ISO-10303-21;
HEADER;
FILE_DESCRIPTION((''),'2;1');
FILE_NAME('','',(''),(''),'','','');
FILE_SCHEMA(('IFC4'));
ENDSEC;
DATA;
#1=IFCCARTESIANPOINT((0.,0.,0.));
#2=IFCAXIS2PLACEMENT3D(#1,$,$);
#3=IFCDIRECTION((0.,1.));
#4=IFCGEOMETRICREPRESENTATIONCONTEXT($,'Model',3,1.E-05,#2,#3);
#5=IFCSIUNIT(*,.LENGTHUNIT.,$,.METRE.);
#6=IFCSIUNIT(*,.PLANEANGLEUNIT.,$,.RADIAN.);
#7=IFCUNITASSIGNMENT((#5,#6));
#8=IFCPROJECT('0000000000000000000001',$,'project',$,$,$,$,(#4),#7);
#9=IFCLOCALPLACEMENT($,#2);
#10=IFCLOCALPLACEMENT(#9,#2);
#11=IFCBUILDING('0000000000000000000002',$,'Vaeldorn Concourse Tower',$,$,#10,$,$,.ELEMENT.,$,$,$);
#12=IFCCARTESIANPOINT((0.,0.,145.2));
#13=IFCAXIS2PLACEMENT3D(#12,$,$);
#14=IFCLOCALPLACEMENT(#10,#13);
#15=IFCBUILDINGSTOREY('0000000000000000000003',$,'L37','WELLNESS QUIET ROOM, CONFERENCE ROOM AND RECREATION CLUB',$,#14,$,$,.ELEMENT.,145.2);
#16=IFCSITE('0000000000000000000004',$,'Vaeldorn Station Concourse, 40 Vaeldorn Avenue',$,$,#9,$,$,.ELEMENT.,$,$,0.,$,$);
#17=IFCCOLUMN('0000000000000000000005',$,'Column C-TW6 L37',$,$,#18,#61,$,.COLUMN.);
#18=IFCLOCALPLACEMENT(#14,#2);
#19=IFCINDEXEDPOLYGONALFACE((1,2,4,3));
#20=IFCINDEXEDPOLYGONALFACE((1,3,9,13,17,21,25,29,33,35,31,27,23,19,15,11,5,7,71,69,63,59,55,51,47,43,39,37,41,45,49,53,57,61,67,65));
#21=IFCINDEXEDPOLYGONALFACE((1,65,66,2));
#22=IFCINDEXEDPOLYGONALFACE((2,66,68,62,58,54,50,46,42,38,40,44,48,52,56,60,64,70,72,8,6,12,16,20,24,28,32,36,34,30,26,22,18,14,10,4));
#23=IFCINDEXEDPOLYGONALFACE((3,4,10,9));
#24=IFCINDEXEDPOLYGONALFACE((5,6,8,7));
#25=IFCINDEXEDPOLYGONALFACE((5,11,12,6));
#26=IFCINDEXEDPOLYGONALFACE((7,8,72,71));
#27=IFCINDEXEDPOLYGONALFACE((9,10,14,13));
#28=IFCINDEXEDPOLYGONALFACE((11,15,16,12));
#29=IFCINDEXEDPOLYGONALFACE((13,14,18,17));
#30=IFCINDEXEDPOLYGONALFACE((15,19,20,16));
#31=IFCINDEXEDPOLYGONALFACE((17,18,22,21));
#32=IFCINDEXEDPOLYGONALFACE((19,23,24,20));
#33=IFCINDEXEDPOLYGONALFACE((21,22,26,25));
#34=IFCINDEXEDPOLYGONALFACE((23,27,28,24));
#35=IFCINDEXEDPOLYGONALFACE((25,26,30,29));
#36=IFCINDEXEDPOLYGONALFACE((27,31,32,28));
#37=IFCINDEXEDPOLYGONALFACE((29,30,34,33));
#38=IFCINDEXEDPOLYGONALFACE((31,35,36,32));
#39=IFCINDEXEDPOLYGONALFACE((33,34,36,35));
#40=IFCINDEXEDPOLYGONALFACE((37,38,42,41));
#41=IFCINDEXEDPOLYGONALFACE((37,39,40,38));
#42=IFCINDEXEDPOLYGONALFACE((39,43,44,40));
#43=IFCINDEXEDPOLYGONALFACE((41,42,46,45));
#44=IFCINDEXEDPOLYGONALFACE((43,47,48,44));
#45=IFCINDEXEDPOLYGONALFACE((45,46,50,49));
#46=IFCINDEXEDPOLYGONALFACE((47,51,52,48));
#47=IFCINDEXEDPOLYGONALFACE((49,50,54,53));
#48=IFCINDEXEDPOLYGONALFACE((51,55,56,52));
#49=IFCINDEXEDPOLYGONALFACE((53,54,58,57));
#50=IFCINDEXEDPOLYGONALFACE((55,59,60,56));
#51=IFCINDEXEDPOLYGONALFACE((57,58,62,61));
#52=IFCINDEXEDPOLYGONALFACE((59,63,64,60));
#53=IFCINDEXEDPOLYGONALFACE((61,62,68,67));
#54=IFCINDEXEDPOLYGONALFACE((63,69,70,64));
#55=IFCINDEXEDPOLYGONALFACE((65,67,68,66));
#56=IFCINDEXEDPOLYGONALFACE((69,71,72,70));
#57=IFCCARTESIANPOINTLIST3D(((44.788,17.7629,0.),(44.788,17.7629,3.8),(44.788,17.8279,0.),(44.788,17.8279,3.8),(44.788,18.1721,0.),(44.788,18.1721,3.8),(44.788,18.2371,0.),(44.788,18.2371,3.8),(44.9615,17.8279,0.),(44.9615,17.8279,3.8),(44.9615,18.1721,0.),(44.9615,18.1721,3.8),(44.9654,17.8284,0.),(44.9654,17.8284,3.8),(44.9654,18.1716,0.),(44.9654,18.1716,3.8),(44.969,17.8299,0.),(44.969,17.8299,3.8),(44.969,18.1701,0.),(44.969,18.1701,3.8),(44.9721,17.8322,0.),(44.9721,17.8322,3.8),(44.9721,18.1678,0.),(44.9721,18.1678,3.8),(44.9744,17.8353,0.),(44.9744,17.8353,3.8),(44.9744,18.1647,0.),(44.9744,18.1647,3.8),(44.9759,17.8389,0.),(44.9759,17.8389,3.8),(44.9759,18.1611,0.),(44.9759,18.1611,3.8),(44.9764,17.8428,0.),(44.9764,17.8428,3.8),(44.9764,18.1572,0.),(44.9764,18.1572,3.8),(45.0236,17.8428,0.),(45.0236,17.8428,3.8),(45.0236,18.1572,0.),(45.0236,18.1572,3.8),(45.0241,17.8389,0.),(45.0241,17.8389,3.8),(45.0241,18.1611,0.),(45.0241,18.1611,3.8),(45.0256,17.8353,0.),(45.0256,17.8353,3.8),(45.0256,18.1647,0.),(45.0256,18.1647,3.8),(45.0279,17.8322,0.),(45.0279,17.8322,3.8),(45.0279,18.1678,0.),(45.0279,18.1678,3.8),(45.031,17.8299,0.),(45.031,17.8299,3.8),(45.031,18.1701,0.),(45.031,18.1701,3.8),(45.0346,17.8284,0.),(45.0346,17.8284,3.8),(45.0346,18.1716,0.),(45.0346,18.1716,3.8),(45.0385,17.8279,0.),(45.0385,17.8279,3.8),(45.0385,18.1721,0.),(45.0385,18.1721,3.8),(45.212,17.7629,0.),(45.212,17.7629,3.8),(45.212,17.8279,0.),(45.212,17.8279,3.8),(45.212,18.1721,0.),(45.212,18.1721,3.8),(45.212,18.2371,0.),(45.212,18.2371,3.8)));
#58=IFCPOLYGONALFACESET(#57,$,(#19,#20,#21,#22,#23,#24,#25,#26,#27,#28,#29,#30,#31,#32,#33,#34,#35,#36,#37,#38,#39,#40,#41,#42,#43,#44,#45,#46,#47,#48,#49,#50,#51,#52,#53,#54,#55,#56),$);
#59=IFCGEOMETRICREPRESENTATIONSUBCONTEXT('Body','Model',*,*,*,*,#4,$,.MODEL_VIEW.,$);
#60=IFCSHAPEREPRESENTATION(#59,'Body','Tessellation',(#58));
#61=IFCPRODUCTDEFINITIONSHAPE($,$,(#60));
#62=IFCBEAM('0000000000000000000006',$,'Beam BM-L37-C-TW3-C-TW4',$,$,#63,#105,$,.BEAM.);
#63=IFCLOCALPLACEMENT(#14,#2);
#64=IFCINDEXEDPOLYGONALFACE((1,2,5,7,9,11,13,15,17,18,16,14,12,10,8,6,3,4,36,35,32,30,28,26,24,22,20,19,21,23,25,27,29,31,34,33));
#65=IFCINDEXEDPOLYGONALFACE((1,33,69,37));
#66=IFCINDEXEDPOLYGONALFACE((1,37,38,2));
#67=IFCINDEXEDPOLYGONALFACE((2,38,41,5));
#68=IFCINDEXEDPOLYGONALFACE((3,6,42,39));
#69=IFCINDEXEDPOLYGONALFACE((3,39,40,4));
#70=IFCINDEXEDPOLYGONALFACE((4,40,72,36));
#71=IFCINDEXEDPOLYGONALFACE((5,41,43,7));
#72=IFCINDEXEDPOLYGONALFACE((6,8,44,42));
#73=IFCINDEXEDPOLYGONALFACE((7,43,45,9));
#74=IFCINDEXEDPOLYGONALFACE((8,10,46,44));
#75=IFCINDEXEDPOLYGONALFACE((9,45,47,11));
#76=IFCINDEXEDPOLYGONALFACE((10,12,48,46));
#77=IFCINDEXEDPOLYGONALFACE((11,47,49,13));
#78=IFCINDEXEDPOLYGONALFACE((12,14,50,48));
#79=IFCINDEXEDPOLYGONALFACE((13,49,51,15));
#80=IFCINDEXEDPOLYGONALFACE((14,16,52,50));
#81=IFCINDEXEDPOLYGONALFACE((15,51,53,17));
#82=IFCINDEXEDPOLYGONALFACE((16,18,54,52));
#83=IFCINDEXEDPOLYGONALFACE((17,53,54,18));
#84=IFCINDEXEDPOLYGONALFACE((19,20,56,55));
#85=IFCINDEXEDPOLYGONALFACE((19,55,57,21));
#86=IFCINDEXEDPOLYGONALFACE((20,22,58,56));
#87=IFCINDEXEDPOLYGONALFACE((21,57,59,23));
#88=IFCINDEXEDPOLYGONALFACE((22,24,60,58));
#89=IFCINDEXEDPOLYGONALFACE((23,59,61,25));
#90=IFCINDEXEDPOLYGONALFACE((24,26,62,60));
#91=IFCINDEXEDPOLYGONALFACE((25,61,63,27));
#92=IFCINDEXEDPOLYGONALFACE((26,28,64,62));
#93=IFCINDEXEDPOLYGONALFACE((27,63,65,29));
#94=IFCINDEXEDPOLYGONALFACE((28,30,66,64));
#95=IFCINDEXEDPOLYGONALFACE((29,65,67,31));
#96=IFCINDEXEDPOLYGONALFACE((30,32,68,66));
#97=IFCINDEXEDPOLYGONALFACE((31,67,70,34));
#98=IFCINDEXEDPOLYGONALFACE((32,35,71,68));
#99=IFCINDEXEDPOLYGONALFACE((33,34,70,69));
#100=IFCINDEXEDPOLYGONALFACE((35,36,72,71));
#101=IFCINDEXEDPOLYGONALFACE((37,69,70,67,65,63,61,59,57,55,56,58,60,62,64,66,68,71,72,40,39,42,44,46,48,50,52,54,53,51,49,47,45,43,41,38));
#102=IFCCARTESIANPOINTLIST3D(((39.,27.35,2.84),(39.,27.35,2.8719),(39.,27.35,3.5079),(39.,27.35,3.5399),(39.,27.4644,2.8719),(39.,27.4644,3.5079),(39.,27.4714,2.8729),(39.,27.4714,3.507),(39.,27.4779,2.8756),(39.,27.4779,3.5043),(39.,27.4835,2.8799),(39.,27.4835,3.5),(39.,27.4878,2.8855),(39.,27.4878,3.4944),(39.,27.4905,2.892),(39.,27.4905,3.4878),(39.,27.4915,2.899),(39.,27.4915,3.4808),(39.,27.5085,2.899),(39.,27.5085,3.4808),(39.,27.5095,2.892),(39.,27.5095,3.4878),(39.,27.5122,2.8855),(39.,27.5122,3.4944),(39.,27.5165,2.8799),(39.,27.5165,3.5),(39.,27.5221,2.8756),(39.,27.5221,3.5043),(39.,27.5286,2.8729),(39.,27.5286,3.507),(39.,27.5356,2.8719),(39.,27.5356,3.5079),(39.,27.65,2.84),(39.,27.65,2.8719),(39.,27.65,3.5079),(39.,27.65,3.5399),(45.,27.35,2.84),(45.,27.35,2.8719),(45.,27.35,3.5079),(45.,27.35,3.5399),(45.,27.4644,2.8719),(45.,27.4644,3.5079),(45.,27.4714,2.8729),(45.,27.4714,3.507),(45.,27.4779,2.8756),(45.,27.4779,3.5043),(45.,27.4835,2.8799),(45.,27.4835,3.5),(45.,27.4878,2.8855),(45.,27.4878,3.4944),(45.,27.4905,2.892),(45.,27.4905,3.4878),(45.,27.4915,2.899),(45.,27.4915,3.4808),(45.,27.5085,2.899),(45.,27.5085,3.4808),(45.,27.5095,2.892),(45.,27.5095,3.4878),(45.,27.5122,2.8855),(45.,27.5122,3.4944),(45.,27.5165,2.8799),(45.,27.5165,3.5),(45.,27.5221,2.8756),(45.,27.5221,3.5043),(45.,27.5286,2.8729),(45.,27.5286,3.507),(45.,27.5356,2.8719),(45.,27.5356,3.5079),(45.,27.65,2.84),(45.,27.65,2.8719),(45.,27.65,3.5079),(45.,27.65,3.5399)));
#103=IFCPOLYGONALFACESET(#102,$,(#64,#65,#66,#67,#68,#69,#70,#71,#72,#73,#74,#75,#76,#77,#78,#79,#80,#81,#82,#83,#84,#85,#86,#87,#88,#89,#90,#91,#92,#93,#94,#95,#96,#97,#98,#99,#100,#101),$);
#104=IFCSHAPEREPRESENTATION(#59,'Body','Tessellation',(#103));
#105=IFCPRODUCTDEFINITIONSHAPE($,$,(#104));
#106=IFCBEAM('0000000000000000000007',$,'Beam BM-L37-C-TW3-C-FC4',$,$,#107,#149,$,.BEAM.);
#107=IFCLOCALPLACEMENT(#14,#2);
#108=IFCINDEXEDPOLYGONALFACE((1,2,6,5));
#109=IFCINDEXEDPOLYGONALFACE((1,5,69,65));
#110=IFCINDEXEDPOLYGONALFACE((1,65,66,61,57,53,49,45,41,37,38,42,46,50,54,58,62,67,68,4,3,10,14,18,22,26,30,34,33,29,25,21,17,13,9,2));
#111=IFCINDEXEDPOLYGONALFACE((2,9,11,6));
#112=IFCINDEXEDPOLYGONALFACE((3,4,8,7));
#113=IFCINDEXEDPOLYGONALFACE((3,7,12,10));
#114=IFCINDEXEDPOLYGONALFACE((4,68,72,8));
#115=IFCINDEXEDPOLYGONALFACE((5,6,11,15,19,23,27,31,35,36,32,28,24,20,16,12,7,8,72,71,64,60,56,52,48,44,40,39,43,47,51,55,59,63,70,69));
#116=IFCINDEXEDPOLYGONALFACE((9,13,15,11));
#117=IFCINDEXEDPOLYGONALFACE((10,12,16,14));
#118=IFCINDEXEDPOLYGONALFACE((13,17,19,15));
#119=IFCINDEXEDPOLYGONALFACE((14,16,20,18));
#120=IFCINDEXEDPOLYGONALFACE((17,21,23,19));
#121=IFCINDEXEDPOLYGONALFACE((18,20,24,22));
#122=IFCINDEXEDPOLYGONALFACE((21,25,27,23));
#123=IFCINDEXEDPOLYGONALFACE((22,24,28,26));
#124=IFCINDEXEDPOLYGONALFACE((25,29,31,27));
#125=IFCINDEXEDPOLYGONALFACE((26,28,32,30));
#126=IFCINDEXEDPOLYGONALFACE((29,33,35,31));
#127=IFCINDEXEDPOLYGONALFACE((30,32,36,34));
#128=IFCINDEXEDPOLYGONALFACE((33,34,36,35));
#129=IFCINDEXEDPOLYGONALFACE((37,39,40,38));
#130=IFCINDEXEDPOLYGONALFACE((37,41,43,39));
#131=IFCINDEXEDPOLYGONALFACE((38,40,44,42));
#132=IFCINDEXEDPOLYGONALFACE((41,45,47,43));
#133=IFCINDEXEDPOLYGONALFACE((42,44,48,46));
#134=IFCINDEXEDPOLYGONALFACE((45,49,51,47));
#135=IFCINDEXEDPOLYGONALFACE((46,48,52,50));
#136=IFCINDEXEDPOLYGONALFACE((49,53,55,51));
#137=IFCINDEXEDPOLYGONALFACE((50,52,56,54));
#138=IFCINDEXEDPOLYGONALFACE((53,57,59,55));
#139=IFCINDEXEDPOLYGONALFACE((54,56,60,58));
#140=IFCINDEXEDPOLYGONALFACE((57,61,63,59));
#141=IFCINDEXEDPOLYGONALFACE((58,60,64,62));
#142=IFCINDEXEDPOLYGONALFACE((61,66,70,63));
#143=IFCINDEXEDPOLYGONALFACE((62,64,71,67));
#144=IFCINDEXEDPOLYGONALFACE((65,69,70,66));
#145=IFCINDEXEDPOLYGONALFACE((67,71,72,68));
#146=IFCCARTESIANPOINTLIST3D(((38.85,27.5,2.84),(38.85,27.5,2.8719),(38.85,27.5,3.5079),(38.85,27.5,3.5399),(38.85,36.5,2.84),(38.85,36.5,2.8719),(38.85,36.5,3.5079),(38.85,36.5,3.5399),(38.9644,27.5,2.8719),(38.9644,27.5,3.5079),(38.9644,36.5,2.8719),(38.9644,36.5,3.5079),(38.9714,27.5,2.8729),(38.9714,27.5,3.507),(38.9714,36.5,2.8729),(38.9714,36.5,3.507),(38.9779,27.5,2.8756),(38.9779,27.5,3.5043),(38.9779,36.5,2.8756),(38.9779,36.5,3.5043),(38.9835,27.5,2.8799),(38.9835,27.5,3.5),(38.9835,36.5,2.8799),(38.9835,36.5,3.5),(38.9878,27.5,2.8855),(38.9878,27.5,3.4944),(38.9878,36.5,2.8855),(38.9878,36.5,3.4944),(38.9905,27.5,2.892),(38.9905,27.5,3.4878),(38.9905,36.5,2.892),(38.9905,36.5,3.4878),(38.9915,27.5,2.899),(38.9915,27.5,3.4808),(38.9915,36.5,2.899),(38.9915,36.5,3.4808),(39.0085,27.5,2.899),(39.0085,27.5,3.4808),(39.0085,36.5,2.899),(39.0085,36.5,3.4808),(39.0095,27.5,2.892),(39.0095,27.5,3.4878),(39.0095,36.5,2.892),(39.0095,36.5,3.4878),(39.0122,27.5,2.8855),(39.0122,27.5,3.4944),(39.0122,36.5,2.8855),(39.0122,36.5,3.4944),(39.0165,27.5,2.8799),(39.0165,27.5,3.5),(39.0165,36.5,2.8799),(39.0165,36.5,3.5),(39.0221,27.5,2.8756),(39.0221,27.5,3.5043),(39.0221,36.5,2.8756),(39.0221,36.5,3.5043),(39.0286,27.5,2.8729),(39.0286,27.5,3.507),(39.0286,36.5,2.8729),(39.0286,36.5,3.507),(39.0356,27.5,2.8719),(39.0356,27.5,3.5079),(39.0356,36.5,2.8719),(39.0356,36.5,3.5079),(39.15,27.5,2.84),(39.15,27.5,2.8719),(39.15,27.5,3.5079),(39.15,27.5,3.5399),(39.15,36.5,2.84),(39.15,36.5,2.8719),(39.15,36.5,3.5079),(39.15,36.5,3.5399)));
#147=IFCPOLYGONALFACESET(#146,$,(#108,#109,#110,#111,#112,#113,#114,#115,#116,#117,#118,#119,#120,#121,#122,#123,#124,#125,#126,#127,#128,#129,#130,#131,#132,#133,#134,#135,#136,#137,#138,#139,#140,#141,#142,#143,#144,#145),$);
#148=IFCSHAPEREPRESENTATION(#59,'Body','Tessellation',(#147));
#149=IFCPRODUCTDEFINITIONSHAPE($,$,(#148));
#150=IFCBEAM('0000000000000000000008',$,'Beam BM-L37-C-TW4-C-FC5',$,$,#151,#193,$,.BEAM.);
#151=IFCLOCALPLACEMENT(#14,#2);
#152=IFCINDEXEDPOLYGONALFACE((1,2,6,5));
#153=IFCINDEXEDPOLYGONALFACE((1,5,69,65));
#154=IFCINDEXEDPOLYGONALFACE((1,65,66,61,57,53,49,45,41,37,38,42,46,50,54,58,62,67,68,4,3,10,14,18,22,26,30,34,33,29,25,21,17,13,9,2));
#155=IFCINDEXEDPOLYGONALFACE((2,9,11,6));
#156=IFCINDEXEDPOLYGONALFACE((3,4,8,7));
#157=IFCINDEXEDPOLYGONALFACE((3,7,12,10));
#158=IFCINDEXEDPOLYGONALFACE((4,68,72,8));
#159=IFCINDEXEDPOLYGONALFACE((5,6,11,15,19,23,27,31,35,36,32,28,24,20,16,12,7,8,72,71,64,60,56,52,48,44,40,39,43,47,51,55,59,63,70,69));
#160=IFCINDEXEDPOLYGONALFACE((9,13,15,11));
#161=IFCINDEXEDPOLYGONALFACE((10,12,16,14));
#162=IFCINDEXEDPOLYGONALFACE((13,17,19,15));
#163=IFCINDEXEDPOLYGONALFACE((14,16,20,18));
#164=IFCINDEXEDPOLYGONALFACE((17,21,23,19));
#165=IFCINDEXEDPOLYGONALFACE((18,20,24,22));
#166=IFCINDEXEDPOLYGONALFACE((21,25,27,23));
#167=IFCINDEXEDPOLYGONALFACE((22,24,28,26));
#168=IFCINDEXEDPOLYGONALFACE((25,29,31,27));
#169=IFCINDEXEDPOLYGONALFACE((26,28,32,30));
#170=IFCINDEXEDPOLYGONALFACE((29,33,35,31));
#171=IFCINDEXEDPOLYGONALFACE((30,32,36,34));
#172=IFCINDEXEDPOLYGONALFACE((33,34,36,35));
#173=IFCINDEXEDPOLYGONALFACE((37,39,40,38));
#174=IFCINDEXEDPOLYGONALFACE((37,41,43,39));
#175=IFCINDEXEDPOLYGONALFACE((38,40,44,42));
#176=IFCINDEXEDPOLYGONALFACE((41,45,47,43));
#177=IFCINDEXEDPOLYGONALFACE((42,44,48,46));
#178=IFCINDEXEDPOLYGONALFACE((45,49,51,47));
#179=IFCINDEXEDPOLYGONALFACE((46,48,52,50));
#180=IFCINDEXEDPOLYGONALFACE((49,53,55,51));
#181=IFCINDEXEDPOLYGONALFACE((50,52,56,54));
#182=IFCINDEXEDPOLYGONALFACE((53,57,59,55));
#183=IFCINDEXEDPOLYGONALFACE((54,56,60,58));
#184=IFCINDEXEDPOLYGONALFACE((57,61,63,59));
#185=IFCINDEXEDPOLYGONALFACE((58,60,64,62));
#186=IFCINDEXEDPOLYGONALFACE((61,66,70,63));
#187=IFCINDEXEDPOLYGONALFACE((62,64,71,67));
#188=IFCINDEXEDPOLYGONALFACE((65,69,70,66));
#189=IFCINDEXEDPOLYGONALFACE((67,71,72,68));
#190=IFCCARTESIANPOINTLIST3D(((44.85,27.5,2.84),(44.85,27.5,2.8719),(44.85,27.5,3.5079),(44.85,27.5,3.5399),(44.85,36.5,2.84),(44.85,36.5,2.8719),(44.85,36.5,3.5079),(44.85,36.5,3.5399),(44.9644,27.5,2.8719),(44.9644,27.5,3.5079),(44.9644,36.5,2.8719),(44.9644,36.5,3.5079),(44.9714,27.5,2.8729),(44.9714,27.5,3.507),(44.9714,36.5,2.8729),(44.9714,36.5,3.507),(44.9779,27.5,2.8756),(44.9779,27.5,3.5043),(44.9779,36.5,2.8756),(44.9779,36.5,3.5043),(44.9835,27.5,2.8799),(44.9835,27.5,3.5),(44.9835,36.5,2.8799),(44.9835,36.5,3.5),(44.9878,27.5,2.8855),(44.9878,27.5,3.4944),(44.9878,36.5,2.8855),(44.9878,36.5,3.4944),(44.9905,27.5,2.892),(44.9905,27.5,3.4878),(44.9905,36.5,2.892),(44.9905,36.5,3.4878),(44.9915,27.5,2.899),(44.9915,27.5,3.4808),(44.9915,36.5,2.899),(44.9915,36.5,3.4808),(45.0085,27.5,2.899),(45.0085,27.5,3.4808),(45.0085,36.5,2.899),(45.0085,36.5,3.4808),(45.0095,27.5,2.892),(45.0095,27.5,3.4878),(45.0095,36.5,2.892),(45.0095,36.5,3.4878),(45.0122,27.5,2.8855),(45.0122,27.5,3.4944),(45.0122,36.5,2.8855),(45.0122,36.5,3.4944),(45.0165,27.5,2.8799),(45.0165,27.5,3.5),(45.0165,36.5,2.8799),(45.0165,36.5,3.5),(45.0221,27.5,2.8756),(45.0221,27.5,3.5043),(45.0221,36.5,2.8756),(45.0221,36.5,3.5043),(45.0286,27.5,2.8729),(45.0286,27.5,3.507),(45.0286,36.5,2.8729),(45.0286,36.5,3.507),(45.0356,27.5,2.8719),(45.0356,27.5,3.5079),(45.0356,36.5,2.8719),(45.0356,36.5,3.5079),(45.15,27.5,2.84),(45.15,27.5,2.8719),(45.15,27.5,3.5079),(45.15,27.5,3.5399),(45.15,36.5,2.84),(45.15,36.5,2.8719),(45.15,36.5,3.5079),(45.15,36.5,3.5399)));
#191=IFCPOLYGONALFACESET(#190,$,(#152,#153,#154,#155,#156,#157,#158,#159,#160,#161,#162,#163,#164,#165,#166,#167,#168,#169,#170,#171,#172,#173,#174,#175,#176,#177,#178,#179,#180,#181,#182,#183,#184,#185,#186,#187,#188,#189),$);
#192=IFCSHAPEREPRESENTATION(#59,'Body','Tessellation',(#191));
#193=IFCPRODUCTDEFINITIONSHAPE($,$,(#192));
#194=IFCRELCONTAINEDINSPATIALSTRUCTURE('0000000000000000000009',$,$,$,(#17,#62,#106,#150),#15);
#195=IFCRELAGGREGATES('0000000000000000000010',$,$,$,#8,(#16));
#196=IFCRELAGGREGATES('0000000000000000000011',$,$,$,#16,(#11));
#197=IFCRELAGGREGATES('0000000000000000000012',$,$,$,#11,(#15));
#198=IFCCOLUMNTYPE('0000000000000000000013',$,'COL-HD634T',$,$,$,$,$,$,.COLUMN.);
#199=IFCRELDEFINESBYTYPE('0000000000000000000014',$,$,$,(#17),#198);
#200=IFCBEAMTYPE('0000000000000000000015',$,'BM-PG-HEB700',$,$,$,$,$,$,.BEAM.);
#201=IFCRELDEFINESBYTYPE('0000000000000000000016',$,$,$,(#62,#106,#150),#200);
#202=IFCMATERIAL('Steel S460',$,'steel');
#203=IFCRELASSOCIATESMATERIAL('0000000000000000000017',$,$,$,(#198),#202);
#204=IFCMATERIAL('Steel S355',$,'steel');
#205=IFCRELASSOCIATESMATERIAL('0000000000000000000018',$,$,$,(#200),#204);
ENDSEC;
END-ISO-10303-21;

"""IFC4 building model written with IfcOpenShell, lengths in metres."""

from ifc_helpers import new_model, si_unit, direction, frame, origin, origin_2d, place, context, subcontext, project, spatial, i_section, extrude, source, transform, mapped, material, material_profile, profile_set, type_object, element, save


model = new_model("IFC4")

# Units and contexts
model_context = context("Model", 3, precision=1e-05, world=origin(), true_north=direction((0.0, 1.0)))
body_context = subcontext(model_context, "Body", "Model", "MODEL_VIEW")
ifc_project = project(units=[si_unit("LENGTHUNIT", "METRE"), si_unit("PLANEANGLEUNIT", "RADIAN")], contexts=[model_context])

# Site, building, storey
site_placement = place(None, origin())
site = spatial("IfcSite", under=ifc_project, at=site_placement, Name="Vaeldorn Station Concourse, 40 Vaeldorn Avenue", CompositionType="ELEMENT", RefElevation=0.0)
building_placement = place(site_placement, origin())
building = spatial("IfcBuilding", under=site, at=building_placement, Name="Vaeldorn Concourse Tower", CompositionType="ELEMENT")
storey_placement = place(building_placement, frame((0.0, 0.0, 145.2)))
storey = spatial("IfcBuildingStorey", under=building, at=storey_placement, Name="L37", Description="WELLNESS QUIET ROOM, CONFERENCE ROOM AND RECREATION CLUB", CompositionType="ELEMENT", Elevation=145.2)

# Column
ifc_material_1 = material(Name="Steel S460", Category="steel")
ifc_material_profile_1 = material_profile(ifc_material_1, i_section(OverallWidth=0.4241, OverallDepth=0.4741, WebThickness=0.0471, FlangeThickness=0.0649, FilletRadius=0.0149, at=origin_2d()), Name="HD 400x634")
ifc_profile_set_1 = profile_set([ifc_material_profile_1], Name="Steel S460")
column_type_1 = type_object("IfcColumnType", Name="COL-HD634T", PredefinedType="COLUMN", material=ifc_profile_set_1)
shared_shape_1 = source(origin(), body_context, "Body", "SweptSolid", [
    extrude(i_section(OverallWidth=0.4241, OverallDepth=0.4741, WebThickness=0.0471, FlangeThickness=0.0649, FilletRadius=0.0149, at=origin_2d()), origin(), (0.0, 0.0, 1.0), 3.8),
])
for number, where, z_axis, x_axis, name in (
    (1, (45.0, 18.0, 0.0), (0.0, 0.0, 1.0), (1.0, 0.0, 0.0), "Column C-TW6 L37"),
):
    element("IfcColumn", number, at=place(storey_placement, frame(where, z_axis=z_axis, x_axis=x_axis)), inside=storey, type_object=column_type_1, Name=name, PredefinedType="COLUMN", context=body_context, shape_type="MappedRepresentation", body=[
        mapped(shared_shape_1, transform((0.0, 0.0, 0.0), scale=1.0)),
    ])

# Beams
ifc_material_2 = material(Name="Steel S355", Category="steel")
ifc_material_profile_2 = material_profile(ifc_material_2, i_section(OverallWidth=0.3, OverallDepth=0.7, WebThickness=0.0171, FlangeThickness=0.032, FilletRadius=0.0271, at=origin_2d()), Name="HEB 700")
ifc_profile_set_2 = profile_set([ifc_material_profile_2], Name="Steel S355")
beam_type_1 = type_object("IfcBeamType", Name="BM-PG-HEB700", PredefinedType="BEAM", material=ifc_profile_set_2)
shared_shape_2 = source(origin(), body_context, "Body", "SweptSolid", [
    extrude(i_section(OverallWidth=0.3, OverallDepth=0.7, WebThickness=0.0171, FlangeThickness=0.032, FilletRadius=0.0271, at=origin_2d()), origin(), (0.0, 0.0, 1.0), 6.0),
])
beam_1_placement = place(storey_placement, frame((39.0, 27.5, 3.1899), z_axis=(1.0, 0.0, 0.0), x_axis=(0.0, 1.0, 0.0)))
element("IfcBeam", 2, at=beam_1_placement, inside=storey, type_object=beam_type_1, Name="Beam BM-L37-C-TW3-C-TW4", PredefinedType="BEAM", context=body_context, shape_type="MappedRepresentation", body=[
    mapped(shared_shape_2, transform((0.0, 0.0, 0.0), scale=1.0)),
])
shared_shape_3 = source(origin(), body_context, "Body", "SweptSolid", [
    extrude(i_section(OverallWidth=0.3, OverallDepth=0.7, WebThickness=0.0171, FlangeThickness=0.032, FilletRadius=0.0271, at=origin_2d()), origin(), (0.0, 0.0, 1.0), 9.0),
])
for number, where, z_axis, x_axis, name in (
    (3, (39.0, 27.5, 3.1899), (0.0, 1.0, 0.0), (-1.0, 0.0, 0.0), "Beam BM-L37-C-TW3-C-FC4"),
    (4, (45.0, 27.5, 3.1899), (0.0, 1.0, 0.0), (-1.0, 0.0, 0.0), "Beam BM-L37-C-TW4-C-FC5"),
):
    element("IfcBeam", number, at=place(storey_placement, frame(where, z_axis=z_axis, x_axis=x_axis)), inside=storey, type_object=beam_type_1, Name=name, PredefinedType="BEAM", context=body_context, shape_type="MappedRepresentation", body=[
        mapped(shared_shape_3, transform((0.0, 0.0, 0.0), scale=1.0)),
    ])

save(model, "model.ifc")
